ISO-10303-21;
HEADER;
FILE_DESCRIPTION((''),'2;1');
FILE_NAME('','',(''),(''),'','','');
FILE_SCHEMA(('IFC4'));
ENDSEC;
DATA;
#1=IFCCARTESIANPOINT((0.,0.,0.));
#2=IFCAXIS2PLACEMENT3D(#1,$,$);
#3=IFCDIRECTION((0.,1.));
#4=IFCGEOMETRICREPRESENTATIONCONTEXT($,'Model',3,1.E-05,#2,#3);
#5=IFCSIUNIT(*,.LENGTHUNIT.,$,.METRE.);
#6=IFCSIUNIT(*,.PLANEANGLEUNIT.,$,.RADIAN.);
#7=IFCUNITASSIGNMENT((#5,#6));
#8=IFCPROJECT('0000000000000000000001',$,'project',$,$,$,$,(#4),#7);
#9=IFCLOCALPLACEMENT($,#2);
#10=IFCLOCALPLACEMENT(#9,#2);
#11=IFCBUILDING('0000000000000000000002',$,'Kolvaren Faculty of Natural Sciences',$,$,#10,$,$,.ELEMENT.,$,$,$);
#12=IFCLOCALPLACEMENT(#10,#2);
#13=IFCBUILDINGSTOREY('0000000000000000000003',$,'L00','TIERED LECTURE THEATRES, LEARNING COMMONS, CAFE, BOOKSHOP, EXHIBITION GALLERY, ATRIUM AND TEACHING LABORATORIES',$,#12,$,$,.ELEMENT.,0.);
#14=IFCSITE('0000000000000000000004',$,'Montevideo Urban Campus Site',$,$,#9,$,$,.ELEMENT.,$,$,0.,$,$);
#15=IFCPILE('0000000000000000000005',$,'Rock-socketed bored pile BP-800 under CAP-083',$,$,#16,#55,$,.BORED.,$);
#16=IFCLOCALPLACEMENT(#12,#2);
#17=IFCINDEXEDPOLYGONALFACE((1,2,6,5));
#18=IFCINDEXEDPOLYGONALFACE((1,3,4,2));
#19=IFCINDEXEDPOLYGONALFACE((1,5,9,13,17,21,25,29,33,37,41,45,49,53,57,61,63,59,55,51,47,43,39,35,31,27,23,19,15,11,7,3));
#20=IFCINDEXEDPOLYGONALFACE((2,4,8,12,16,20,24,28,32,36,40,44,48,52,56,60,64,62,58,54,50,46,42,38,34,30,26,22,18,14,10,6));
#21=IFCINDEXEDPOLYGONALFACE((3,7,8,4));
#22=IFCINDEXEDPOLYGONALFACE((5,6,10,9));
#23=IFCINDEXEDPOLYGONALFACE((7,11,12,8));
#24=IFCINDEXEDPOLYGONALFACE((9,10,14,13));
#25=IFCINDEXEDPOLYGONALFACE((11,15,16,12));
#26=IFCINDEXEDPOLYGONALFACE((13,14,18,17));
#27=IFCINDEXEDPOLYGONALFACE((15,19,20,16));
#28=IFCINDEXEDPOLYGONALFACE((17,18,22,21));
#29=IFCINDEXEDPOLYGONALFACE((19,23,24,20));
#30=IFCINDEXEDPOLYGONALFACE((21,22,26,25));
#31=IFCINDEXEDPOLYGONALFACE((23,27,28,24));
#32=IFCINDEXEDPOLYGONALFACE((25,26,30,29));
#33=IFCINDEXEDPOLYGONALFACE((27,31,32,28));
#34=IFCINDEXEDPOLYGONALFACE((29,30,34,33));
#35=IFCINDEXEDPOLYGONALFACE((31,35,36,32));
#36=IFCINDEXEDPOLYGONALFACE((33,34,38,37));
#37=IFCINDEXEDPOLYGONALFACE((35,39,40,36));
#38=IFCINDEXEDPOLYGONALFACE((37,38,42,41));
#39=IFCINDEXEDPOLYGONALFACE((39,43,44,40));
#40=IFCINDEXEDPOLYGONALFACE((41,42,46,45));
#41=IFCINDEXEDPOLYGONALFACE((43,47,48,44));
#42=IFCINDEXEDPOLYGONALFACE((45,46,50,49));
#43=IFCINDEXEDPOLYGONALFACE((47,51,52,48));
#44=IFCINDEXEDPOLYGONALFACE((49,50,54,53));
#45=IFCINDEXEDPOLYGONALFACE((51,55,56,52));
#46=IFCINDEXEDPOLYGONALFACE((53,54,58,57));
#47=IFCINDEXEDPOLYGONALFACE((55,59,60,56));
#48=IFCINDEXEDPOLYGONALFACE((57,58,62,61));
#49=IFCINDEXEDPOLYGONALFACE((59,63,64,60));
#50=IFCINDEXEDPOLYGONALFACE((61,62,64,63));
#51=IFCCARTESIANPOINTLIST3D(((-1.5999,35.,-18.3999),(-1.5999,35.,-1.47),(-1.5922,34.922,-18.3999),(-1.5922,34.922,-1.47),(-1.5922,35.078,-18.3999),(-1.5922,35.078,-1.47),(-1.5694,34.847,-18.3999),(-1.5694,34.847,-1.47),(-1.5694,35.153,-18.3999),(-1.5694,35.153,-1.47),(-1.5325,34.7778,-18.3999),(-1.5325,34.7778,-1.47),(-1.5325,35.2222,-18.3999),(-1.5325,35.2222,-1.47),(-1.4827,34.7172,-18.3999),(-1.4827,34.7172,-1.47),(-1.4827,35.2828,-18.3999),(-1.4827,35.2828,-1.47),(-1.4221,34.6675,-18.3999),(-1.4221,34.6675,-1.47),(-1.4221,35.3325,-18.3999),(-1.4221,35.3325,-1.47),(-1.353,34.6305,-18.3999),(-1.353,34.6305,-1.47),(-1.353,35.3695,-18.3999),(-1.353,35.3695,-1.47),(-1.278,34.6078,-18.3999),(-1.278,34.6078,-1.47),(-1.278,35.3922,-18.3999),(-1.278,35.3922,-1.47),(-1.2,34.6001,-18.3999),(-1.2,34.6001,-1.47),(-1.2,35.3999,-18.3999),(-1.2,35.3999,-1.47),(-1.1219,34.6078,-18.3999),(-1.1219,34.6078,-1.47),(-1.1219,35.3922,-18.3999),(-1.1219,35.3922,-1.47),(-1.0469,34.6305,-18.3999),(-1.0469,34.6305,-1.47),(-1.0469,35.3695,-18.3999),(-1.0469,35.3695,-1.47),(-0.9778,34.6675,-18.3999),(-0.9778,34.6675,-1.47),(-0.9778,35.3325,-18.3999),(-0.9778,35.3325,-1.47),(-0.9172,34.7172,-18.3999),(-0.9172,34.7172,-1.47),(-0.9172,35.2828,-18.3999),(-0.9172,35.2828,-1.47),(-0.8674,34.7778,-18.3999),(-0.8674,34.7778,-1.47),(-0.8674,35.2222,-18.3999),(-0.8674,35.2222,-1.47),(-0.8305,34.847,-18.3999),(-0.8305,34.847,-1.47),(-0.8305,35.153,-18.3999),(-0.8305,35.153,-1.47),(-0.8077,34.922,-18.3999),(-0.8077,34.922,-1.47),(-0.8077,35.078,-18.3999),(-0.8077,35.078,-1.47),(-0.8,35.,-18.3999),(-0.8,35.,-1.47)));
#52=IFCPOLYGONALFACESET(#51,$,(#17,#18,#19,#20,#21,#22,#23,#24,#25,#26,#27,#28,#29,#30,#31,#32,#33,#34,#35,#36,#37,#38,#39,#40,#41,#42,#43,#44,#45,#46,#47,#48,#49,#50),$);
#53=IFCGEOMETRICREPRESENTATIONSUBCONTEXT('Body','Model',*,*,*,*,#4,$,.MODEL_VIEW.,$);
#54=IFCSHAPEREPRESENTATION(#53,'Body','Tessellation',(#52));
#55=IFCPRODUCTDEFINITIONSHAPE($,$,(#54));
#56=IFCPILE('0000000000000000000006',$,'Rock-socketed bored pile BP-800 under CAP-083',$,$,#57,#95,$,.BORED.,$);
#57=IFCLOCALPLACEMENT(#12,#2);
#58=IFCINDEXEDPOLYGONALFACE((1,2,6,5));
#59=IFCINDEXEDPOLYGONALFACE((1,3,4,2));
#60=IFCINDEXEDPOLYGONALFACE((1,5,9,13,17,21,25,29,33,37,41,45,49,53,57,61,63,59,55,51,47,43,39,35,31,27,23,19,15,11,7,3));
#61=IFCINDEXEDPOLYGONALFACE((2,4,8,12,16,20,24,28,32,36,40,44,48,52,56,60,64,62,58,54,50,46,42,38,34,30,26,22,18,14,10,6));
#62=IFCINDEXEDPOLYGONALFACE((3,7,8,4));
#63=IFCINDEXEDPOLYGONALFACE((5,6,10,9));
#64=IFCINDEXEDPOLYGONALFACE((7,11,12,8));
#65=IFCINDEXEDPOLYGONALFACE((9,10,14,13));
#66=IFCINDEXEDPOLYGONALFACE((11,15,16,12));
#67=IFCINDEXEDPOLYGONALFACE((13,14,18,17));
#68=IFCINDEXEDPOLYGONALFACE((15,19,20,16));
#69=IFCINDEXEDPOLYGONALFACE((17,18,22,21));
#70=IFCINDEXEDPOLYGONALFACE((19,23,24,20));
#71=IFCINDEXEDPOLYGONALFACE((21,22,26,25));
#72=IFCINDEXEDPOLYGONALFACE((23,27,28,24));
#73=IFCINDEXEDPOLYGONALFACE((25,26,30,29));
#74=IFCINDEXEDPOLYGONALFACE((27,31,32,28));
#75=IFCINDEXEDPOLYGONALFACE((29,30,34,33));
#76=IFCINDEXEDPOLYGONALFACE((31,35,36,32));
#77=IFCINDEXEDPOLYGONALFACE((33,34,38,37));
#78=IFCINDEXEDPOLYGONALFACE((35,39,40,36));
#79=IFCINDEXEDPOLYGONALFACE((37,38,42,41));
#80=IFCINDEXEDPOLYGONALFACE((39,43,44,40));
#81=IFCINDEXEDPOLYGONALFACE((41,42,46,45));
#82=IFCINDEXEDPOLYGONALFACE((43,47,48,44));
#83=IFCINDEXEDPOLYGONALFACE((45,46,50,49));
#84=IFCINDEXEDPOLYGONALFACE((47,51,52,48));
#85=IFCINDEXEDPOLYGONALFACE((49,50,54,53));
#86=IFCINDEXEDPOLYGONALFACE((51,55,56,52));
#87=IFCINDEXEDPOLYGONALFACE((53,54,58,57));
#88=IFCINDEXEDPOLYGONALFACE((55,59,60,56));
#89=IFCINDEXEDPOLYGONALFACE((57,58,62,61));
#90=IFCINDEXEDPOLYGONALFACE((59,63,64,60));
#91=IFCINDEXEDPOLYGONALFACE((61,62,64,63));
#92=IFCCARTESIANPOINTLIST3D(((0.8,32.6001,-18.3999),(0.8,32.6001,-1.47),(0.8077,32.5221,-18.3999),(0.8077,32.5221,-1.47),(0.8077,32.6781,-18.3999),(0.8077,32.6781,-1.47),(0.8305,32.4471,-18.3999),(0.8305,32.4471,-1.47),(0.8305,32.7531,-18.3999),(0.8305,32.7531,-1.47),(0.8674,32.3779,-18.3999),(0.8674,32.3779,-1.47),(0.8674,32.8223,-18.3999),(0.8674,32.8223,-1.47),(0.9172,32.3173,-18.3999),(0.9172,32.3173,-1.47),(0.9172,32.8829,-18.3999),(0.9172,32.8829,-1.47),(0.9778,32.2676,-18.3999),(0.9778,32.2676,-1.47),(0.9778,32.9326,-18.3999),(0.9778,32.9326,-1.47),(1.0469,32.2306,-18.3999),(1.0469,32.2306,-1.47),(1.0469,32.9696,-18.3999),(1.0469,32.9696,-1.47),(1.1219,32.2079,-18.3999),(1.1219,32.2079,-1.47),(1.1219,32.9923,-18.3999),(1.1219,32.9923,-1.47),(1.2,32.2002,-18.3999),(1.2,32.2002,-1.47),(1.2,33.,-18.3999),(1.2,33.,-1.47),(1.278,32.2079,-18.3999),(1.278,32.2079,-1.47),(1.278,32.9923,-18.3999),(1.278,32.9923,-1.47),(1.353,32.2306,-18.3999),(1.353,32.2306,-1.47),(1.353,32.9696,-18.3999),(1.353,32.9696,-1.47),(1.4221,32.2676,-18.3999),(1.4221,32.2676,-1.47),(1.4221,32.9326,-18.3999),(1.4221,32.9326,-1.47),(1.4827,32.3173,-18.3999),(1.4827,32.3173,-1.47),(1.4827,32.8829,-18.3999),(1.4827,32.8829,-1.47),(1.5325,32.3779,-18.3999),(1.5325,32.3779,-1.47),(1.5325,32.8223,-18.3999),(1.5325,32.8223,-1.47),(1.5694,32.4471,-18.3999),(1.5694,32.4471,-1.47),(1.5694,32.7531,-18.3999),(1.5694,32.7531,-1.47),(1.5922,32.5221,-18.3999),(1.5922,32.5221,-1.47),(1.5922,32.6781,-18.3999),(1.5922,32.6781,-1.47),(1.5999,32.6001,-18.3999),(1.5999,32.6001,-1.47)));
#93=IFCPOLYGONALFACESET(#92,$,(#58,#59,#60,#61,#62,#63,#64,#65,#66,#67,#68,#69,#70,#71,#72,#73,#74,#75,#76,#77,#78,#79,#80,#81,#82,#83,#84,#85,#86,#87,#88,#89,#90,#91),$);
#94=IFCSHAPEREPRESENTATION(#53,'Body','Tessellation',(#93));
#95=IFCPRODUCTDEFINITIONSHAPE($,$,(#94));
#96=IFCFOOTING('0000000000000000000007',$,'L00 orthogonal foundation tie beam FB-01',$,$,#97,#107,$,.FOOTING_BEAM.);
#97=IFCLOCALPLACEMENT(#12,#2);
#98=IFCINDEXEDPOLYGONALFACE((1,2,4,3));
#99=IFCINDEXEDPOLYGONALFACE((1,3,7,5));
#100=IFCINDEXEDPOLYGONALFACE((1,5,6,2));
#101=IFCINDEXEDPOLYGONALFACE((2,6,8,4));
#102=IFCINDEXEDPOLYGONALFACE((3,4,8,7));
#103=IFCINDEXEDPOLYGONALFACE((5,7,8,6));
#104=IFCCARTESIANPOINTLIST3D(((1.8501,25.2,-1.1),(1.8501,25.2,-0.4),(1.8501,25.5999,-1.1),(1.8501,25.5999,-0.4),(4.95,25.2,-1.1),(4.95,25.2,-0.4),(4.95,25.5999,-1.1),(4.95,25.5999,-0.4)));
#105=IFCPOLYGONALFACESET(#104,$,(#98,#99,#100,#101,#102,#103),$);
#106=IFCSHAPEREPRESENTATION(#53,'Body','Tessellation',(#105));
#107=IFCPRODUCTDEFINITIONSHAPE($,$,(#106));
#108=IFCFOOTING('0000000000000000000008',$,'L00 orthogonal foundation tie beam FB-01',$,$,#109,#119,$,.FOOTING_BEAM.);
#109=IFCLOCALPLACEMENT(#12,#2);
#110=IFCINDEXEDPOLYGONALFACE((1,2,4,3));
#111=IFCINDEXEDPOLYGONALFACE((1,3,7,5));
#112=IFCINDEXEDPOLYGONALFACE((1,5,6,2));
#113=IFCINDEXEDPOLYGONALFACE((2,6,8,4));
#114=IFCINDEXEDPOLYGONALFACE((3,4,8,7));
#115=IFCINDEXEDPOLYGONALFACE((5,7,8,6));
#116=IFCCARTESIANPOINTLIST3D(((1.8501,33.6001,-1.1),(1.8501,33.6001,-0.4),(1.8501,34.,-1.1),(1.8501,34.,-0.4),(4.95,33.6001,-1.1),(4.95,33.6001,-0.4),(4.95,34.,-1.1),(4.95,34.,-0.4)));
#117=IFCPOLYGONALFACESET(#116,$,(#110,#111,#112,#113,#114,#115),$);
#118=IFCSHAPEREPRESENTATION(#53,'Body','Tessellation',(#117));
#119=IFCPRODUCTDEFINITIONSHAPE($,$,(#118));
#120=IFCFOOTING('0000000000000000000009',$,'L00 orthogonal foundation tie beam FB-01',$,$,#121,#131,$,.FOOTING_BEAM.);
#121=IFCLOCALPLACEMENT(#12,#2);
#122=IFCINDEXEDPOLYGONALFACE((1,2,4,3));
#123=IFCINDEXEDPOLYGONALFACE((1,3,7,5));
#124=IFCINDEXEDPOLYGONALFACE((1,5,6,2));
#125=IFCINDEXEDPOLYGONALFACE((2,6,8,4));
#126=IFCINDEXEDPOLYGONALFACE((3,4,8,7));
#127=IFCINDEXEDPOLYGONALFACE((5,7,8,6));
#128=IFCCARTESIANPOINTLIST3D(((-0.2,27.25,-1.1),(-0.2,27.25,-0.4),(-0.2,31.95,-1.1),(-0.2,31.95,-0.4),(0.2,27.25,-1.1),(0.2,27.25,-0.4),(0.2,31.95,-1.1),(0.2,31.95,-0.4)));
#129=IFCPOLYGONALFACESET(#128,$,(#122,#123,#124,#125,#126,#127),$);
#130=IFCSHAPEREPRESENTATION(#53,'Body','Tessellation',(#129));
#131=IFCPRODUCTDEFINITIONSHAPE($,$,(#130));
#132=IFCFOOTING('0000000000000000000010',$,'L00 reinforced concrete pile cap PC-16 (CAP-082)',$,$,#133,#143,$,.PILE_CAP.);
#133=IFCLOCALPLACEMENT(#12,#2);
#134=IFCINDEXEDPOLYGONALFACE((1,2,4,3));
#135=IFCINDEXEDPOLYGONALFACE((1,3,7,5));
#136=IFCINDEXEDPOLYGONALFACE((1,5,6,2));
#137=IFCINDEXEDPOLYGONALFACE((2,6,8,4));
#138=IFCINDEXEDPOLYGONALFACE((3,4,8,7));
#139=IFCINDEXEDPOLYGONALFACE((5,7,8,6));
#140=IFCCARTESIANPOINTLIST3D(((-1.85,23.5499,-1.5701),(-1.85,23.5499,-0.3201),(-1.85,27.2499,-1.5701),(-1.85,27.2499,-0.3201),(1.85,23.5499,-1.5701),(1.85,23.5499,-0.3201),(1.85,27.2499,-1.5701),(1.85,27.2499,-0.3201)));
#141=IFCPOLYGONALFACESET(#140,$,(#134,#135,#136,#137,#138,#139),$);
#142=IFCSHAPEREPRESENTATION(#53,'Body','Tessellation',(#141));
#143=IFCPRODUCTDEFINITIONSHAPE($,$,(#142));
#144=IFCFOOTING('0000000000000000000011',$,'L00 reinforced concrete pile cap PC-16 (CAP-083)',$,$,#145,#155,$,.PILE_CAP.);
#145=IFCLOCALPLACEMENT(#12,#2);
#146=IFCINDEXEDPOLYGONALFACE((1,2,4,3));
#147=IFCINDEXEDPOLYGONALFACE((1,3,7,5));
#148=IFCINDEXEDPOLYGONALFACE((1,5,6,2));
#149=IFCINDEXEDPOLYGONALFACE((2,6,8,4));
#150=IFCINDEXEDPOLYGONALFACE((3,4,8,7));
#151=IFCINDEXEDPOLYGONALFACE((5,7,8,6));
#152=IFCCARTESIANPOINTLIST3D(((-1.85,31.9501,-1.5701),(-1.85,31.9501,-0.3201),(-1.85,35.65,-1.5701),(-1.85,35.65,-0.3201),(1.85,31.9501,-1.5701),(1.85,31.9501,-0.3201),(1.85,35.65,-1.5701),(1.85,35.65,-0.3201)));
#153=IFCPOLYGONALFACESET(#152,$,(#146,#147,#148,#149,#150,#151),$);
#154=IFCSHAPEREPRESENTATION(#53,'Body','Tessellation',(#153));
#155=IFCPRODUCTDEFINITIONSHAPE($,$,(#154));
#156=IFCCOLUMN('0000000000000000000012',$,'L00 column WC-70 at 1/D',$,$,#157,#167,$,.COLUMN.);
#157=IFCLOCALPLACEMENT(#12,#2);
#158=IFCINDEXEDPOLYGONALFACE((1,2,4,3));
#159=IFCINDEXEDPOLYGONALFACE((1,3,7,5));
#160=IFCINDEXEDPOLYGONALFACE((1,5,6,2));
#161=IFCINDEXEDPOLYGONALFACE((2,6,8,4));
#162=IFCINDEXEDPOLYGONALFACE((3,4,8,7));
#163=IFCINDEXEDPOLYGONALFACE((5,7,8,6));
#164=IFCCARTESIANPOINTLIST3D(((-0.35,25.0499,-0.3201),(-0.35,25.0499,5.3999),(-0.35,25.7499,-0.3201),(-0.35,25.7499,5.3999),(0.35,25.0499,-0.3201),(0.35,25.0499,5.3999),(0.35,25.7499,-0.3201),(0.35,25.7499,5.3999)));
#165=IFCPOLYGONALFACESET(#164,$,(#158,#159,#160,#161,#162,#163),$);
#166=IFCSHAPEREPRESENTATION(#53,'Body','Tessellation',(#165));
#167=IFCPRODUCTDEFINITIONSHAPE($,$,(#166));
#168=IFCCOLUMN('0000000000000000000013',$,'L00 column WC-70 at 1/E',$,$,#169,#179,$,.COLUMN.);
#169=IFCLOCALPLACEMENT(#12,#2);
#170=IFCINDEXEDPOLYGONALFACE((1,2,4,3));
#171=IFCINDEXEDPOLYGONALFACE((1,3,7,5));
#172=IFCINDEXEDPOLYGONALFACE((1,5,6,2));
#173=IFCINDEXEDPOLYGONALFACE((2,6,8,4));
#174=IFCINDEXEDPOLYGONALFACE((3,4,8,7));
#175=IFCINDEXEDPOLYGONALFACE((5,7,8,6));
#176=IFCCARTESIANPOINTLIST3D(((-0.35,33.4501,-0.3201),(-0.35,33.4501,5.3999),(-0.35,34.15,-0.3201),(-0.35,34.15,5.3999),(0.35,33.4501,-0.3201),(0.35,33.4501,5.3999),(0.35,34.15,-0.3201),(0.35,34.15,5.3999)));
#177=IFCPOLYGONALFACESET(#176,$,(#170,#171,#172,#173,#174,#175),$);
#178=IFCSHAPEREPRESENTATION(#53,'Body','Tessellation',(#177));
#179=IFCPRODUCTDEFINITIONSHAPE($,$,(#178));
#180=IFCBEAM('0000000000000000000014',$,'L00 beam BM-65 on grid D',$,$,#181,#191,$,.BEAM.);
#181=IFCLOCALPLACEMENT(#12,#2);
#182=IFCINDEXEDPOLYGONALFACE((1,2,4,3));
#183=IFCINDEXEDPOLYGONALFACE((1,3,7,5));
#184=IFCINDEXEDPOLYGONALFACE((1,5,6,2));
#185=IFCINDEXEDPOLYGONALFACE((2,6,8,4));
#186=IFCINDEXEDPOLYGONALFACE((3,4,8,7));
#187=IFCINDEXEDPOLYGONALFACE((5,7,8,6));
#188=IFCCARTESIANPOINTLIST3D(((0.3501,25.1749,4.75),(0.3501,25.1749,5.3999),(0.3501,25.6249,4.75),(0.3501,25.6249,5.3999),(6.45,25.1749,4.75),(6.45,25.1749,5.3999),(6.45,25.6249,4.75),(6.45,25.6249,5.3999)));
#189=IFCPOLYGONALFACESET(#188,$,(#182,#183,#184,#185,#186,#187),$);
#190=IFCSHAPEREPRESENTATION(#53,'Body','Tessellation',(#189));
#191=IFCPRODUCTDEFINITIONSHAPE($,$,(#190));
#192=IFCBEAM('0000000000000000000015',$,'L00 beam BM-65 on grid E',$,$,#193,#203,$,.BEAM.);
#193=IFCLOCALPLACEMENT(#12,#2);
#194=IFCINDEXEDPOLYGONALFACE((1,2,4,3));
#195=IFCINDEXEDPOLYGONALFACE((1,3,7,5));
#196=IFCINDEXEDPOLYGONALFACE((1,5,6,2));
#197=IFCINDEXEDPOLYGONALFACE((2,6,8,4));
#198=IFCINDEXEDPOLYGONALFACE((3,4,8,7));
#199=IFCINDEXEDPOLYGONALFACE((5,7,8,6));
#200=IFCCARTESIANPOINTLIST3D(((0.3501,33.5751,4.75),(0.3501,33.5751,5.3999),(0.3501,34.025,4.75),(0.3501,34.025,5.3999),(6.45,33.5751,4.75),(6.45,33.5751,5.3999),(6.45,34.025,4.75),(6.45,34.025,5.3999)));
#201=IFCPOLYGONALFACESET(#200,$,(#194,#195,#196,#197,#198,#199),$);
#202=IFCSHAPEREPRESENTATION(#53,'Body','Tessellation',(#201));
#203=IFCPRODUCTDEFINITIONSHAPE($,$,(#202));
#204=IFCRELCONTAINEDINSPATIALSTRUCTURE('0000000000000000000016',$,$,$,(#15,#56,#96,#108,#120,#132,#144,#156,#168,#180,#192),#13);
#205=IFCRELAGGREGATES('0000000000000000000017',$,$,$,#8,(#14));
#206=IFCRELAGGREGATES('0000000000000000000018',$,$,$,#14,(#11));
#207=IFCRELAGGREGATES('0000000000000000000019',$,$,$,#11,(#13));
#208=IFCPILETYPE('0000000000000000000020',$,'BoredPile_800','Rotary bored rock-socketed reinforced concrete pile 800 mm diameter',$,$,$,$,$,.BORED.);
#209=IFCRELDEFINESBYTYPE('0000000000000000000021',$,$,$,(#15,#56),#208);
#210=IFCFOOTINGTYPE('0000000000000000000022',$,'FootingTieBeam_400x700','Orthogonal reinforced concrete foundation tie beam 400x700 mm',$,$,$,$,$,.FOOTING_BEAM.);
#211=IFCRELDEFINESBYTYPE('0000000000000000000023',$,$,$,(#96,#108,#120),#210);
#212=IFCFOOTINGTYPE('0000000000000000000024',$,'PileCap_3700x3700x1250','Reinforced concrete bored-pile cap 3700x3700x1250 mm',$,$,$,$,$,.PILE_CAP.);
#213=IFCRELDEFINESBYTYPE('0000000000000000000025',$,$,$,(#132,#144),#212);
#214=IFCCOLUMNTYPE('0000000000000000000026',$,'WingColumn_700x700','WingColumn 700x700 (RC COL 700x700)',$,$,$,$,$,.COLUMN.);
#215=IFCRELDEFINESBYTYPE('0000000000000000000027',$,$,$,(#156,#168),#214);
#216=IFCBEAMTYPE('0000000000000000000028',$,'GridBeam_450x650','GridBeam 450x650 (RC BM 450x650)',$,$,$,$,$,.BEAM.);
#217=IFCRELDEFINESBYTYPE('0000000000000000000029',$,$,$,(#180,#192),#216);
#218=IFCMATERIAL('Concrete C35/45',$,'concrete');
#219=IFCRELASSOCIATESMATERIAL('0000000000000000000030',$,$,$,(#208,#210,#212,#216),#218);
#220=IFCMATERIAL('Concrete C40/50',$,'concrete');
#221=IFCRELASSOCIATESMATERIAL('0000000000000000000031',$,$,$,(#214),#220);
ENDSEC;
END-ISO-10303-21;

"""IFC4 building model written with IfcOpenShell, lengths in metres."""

from ifc_helpers import new_model, si_unit, direction, frame, origin, origin_2d, place, context, subcontext, project, spatial, rectangle, circle, extrude, material, material_profile, profile_set, type_object, element, save


model = new_model("IFC4")

# Units and contexts
model_context = context("Model", 3, precision=1e-05, world=origin(), true_north=direction((0.0, 1.0)))
body_context = subcontext(model_context, "Body", "Model", "MODEL_VIEW")
ifc_project = project(units=[si_unit("LENGTHUNIT", "METRE"), si_unit("PLANEANGLEUNIT", "RADIAN")], contexts=[model_context])

# Site, building, storey
site_placement = place(None, origin())
site = spatial("IfcSite", under=ifc_project, at=site_placement, Name="Montevideo Urban Campus Site", CompositionType="ELEMENT", RefElevation=0.0)
building_placement = place(site_placement, origin())
building = spatial("IfcBuilding", under=site, at=building_placement, Name="Kolvaren Faculty of Natural Sciences", CompositionType="ELEMENT")
storey_placement = place(building_placement, origin())
storey = spatial("IfcBuildingStorey", under=building, at=storey_placement, Name="L00", Description="TIERED LECTURE THEATRES, LEARNING COMMONS, CAFE, BOOKSHOP, EXHIBITION GALLERY, ATRIUM AND TEACHING LABORATORIES", CompositionType="ELEMENT", Elevation=0.0)

# Piles
ifc_material_1 = material(Name="Concrete C35/45", Category="concrete")
ifc_material_profile_1 = material_profile(ifc_material_1, circle(Radius=0.3999, at=origin_2d()), Name="PILE D800")
ifc_profile_set_1 = profile_set([ifc_material_profile_1], Name="Concrete C35/45")
pile_type = type_object("IfcPileType", Name="BoredPile_800", Description="Rotary bored rock-socketed reinforced concrete pile 800 mm diameter", PredefinedType="BORED", material=ifc_profile_set_1)
for number, where, z_axis, x_axis, name in (
    (1, (-1.2, 35.0, -1.47), (0.0, 0.0, -1.0), (1.0, 0.0, 0.0), "Rock-socketed bored pile BP-800 under CAP-083"),
    (2, (1.2, 32.6001, -1.47), (0.0, 0.0, -1.0), (1.0, 0.0, 0.0), "Rock-socketed bored pile BP-800 under CAP-083"),
):
    element("IfcPile", number, at=place(storey_placement, frame(where, z_axis=z_axis, x_axis=x_axis)), inside=storey, type_object=pile_type, Name=name, PredefinedType="BORED", context=body_context, shape_type="SweptSolid", body=[
        extrude(circle(Radius=0.3999, at=origin_2d()), origin(), (0.0, 0.0, 1.0), 16.9299),
    ])

# Footings
ifc_material_profile_2 = material_profile(ifc_material_1, rectangle(XDim=0.3999, YDim=0.7, at=origin_2d()), Name="RC FB 400x700")
ifc_profile_set_2 = profile_set([ifc_material_profile_2], Name="Concrete C35/45")
footing_type_1 = type_object("IfcFootingType", Name="FootingTieBeam_400x700", Description="Orthogonal reinforced concrete foundation tie beam 400x700 mm", PredefinedType="FOOTING_BEAM", material=ifc_profile_set_2)
for number, where, z_axis, x_axis, name in (
    (3, (1.8501, 25.3999, -0.75), (1.0, 0.0, 0.0), (0.0, 1.0, 0.0), "L00 orthogonal foundation tie beam FB-01"),
    (4, (1.8501, 33.8, -0.75), (1.0, 0.0, 0.0), (0.0, 1.0, 0.0), "L00 orthogonal foundation tie beam FB-01"),
):
    element("IfcFooting", number, at=place(storey_placement, frame(where, z_axis=z_axis, x_axis=x_axis)), inside=storey, type_object=footing_type_1, Name=name, PredefinedType="FOOTING_BEAM", context=body_context, shape_type="SweptSolid", body=[
        extrude(rectangle(XDim=0.3999, YDim=0.7, at=origin_2d()), origin(), (0.0, 0.0, 1.0), 3.0999),
    ])
footing_placement = place(storey_placement, frame((0.0, 27.25, -0.75), z_axis=(0.0, 1.0, 0.0), x_axis=(-1.0, 0.0, 0.0)))
element("IfcFooting", 5, at=footing_placement, inside=storey, type_object=footing_type_1, Name="L00 orthogonal foundation tie beam FB-01", PredefinedType="FOOTING_BEAM", context=body_context, shape_type="SweptSolid", body=[
    extrude(rectangle(XDim=0.3999, YDim=0.7, at=origin_2d()), origin(), (0.0, 0.0, 1.0), 4.7),
])
footing_type_2 = type_object("IfcFootingType", Name="PileCap_3700x3700x1250", Description="Reinforced concrete bored-pile cap 3700x3700x1250 mm", PredefinedType="PILE_CAP", material=ifc_material_1)
for number, where, z_axis, x_axis, name in (
    (6, (0.0, 25.3999, -1.5701), (0.0, 0.0, 1.0), (1.0, 0.0, 0.0), "L00 reinforced concrete pile cap PC-16 (CAP-082)"),
    (7, (0.0, 33.8, -1.5701), (0.0, 0.0, 1.0), (1.0, 0.0, 0.0), "L00 reinforced concrete pile cap PC-16 (CAP-083)"),
):
    element("IfcFooting", number, at=place(storey_placement, frame(where, z_axis=z_axis, x_axis=x_axis)), inside=storey, type_object=footing_type_2, Name=name, PredefinedType="PILE_CAP", context=body_context, shape_type="SweptSolid", body=[
        extrude(rectangle(XDim=3.7, YDim=3.7, at=origin_2d()), origin(), (0.0, 0.0, 1.0), 1.25),
    ])

# Columns
ifc_material_2 = material(Name="Concrete C40/50", Category="concrete")
ifc_material_profile_3 = material_profile(ifc_material_2, rectangle(XDim=0.7, YDim=0.7, at=origin_2d()), Name="RC COL 700x700")
ifc_profile_set_3 = profile_set([ifc_material_profile_3], Name="Concrete C40/50")
column_type = type_object("IfcColumnType", Name="WingColumn_700x700", Description="WingColumn 700x700 (RC COL 700x700)", PredefinedType="COLUMN", material=ifc_profile_set_3)
for number, where, z_axis, x_axis, name in (
    (8, (0.0, 25.3999, -0.3201), (0.0, 0.0, 1.0), (1.0, 0.0, 0.0), "L00 column WC-70 at 1/D"),
    (9, (0.0, 33.8, -0.3201), (0.0, 0.0, 1.0), (1.0, 0.0, 0.0), "L00 column WC-70 at 1/E"),
):
    element("IfcColumn", number, at=place(storey_placement, frame(where, z_axis=z_axis, x_axis=x_axis)), inside=storey, type_object=column_type, Name=name, PredefinedType="COLUMN", context=body_context, shape_type="SweptSolid", body=[
        extrude(rectangle(XDim=0.7, YDim=0.7, at=origin_2d()), origin(), (0.0, 0.0, 1.0), 5.72),
    ])

# Beams
ifc_material_profile_4 = material_profile(ifc_material_1, rectangle(XDim=0.45, YDim=0.6499, at=origin_2d()), Name="RC BM 450x650")
ifc_profile_set_4 = profile_set([ifc_material_profile_4], Name="Concrete C35/45")
beam_type_1 = type_object("IfcBeamType", Name="GridBeam_450x650", Description="GridBeam 450x650 (RC BM 450x650)", PredefinedType="BEAM", material=ifc_profile_set_4)
for number, where, z_axis, x_axis, name in (
    (10, (0.3501, 25.3999, 5.075), (1.0, 0.0, 0.0), (0.0, 1.0, 0.0), "L00 beam BM-65 on grid D"),
    (11, (0.3501, 33.8, 5.075), (1.0, 0.0, 0.0), (0.0, 1.0, 0.0), "L00 beam BM-65 on grid E"),
):
    element("IfcBeam", number, at=place(storey_placement, frame(where, z_axis=z_axis, x_axis=x_axis)), inside=storey, type_object=beam_type_1, Name=name, PredefinedType="BEAM", context=body_context, shape_type="SweptSolid", body=[
        extrude(rectangle(XDim=0.45, YDim=0.6499, at=origin_2d()), origin(), (0.0, 0.0, 1.0), 6.0999),
    ])

save(model, "model.ifc")
